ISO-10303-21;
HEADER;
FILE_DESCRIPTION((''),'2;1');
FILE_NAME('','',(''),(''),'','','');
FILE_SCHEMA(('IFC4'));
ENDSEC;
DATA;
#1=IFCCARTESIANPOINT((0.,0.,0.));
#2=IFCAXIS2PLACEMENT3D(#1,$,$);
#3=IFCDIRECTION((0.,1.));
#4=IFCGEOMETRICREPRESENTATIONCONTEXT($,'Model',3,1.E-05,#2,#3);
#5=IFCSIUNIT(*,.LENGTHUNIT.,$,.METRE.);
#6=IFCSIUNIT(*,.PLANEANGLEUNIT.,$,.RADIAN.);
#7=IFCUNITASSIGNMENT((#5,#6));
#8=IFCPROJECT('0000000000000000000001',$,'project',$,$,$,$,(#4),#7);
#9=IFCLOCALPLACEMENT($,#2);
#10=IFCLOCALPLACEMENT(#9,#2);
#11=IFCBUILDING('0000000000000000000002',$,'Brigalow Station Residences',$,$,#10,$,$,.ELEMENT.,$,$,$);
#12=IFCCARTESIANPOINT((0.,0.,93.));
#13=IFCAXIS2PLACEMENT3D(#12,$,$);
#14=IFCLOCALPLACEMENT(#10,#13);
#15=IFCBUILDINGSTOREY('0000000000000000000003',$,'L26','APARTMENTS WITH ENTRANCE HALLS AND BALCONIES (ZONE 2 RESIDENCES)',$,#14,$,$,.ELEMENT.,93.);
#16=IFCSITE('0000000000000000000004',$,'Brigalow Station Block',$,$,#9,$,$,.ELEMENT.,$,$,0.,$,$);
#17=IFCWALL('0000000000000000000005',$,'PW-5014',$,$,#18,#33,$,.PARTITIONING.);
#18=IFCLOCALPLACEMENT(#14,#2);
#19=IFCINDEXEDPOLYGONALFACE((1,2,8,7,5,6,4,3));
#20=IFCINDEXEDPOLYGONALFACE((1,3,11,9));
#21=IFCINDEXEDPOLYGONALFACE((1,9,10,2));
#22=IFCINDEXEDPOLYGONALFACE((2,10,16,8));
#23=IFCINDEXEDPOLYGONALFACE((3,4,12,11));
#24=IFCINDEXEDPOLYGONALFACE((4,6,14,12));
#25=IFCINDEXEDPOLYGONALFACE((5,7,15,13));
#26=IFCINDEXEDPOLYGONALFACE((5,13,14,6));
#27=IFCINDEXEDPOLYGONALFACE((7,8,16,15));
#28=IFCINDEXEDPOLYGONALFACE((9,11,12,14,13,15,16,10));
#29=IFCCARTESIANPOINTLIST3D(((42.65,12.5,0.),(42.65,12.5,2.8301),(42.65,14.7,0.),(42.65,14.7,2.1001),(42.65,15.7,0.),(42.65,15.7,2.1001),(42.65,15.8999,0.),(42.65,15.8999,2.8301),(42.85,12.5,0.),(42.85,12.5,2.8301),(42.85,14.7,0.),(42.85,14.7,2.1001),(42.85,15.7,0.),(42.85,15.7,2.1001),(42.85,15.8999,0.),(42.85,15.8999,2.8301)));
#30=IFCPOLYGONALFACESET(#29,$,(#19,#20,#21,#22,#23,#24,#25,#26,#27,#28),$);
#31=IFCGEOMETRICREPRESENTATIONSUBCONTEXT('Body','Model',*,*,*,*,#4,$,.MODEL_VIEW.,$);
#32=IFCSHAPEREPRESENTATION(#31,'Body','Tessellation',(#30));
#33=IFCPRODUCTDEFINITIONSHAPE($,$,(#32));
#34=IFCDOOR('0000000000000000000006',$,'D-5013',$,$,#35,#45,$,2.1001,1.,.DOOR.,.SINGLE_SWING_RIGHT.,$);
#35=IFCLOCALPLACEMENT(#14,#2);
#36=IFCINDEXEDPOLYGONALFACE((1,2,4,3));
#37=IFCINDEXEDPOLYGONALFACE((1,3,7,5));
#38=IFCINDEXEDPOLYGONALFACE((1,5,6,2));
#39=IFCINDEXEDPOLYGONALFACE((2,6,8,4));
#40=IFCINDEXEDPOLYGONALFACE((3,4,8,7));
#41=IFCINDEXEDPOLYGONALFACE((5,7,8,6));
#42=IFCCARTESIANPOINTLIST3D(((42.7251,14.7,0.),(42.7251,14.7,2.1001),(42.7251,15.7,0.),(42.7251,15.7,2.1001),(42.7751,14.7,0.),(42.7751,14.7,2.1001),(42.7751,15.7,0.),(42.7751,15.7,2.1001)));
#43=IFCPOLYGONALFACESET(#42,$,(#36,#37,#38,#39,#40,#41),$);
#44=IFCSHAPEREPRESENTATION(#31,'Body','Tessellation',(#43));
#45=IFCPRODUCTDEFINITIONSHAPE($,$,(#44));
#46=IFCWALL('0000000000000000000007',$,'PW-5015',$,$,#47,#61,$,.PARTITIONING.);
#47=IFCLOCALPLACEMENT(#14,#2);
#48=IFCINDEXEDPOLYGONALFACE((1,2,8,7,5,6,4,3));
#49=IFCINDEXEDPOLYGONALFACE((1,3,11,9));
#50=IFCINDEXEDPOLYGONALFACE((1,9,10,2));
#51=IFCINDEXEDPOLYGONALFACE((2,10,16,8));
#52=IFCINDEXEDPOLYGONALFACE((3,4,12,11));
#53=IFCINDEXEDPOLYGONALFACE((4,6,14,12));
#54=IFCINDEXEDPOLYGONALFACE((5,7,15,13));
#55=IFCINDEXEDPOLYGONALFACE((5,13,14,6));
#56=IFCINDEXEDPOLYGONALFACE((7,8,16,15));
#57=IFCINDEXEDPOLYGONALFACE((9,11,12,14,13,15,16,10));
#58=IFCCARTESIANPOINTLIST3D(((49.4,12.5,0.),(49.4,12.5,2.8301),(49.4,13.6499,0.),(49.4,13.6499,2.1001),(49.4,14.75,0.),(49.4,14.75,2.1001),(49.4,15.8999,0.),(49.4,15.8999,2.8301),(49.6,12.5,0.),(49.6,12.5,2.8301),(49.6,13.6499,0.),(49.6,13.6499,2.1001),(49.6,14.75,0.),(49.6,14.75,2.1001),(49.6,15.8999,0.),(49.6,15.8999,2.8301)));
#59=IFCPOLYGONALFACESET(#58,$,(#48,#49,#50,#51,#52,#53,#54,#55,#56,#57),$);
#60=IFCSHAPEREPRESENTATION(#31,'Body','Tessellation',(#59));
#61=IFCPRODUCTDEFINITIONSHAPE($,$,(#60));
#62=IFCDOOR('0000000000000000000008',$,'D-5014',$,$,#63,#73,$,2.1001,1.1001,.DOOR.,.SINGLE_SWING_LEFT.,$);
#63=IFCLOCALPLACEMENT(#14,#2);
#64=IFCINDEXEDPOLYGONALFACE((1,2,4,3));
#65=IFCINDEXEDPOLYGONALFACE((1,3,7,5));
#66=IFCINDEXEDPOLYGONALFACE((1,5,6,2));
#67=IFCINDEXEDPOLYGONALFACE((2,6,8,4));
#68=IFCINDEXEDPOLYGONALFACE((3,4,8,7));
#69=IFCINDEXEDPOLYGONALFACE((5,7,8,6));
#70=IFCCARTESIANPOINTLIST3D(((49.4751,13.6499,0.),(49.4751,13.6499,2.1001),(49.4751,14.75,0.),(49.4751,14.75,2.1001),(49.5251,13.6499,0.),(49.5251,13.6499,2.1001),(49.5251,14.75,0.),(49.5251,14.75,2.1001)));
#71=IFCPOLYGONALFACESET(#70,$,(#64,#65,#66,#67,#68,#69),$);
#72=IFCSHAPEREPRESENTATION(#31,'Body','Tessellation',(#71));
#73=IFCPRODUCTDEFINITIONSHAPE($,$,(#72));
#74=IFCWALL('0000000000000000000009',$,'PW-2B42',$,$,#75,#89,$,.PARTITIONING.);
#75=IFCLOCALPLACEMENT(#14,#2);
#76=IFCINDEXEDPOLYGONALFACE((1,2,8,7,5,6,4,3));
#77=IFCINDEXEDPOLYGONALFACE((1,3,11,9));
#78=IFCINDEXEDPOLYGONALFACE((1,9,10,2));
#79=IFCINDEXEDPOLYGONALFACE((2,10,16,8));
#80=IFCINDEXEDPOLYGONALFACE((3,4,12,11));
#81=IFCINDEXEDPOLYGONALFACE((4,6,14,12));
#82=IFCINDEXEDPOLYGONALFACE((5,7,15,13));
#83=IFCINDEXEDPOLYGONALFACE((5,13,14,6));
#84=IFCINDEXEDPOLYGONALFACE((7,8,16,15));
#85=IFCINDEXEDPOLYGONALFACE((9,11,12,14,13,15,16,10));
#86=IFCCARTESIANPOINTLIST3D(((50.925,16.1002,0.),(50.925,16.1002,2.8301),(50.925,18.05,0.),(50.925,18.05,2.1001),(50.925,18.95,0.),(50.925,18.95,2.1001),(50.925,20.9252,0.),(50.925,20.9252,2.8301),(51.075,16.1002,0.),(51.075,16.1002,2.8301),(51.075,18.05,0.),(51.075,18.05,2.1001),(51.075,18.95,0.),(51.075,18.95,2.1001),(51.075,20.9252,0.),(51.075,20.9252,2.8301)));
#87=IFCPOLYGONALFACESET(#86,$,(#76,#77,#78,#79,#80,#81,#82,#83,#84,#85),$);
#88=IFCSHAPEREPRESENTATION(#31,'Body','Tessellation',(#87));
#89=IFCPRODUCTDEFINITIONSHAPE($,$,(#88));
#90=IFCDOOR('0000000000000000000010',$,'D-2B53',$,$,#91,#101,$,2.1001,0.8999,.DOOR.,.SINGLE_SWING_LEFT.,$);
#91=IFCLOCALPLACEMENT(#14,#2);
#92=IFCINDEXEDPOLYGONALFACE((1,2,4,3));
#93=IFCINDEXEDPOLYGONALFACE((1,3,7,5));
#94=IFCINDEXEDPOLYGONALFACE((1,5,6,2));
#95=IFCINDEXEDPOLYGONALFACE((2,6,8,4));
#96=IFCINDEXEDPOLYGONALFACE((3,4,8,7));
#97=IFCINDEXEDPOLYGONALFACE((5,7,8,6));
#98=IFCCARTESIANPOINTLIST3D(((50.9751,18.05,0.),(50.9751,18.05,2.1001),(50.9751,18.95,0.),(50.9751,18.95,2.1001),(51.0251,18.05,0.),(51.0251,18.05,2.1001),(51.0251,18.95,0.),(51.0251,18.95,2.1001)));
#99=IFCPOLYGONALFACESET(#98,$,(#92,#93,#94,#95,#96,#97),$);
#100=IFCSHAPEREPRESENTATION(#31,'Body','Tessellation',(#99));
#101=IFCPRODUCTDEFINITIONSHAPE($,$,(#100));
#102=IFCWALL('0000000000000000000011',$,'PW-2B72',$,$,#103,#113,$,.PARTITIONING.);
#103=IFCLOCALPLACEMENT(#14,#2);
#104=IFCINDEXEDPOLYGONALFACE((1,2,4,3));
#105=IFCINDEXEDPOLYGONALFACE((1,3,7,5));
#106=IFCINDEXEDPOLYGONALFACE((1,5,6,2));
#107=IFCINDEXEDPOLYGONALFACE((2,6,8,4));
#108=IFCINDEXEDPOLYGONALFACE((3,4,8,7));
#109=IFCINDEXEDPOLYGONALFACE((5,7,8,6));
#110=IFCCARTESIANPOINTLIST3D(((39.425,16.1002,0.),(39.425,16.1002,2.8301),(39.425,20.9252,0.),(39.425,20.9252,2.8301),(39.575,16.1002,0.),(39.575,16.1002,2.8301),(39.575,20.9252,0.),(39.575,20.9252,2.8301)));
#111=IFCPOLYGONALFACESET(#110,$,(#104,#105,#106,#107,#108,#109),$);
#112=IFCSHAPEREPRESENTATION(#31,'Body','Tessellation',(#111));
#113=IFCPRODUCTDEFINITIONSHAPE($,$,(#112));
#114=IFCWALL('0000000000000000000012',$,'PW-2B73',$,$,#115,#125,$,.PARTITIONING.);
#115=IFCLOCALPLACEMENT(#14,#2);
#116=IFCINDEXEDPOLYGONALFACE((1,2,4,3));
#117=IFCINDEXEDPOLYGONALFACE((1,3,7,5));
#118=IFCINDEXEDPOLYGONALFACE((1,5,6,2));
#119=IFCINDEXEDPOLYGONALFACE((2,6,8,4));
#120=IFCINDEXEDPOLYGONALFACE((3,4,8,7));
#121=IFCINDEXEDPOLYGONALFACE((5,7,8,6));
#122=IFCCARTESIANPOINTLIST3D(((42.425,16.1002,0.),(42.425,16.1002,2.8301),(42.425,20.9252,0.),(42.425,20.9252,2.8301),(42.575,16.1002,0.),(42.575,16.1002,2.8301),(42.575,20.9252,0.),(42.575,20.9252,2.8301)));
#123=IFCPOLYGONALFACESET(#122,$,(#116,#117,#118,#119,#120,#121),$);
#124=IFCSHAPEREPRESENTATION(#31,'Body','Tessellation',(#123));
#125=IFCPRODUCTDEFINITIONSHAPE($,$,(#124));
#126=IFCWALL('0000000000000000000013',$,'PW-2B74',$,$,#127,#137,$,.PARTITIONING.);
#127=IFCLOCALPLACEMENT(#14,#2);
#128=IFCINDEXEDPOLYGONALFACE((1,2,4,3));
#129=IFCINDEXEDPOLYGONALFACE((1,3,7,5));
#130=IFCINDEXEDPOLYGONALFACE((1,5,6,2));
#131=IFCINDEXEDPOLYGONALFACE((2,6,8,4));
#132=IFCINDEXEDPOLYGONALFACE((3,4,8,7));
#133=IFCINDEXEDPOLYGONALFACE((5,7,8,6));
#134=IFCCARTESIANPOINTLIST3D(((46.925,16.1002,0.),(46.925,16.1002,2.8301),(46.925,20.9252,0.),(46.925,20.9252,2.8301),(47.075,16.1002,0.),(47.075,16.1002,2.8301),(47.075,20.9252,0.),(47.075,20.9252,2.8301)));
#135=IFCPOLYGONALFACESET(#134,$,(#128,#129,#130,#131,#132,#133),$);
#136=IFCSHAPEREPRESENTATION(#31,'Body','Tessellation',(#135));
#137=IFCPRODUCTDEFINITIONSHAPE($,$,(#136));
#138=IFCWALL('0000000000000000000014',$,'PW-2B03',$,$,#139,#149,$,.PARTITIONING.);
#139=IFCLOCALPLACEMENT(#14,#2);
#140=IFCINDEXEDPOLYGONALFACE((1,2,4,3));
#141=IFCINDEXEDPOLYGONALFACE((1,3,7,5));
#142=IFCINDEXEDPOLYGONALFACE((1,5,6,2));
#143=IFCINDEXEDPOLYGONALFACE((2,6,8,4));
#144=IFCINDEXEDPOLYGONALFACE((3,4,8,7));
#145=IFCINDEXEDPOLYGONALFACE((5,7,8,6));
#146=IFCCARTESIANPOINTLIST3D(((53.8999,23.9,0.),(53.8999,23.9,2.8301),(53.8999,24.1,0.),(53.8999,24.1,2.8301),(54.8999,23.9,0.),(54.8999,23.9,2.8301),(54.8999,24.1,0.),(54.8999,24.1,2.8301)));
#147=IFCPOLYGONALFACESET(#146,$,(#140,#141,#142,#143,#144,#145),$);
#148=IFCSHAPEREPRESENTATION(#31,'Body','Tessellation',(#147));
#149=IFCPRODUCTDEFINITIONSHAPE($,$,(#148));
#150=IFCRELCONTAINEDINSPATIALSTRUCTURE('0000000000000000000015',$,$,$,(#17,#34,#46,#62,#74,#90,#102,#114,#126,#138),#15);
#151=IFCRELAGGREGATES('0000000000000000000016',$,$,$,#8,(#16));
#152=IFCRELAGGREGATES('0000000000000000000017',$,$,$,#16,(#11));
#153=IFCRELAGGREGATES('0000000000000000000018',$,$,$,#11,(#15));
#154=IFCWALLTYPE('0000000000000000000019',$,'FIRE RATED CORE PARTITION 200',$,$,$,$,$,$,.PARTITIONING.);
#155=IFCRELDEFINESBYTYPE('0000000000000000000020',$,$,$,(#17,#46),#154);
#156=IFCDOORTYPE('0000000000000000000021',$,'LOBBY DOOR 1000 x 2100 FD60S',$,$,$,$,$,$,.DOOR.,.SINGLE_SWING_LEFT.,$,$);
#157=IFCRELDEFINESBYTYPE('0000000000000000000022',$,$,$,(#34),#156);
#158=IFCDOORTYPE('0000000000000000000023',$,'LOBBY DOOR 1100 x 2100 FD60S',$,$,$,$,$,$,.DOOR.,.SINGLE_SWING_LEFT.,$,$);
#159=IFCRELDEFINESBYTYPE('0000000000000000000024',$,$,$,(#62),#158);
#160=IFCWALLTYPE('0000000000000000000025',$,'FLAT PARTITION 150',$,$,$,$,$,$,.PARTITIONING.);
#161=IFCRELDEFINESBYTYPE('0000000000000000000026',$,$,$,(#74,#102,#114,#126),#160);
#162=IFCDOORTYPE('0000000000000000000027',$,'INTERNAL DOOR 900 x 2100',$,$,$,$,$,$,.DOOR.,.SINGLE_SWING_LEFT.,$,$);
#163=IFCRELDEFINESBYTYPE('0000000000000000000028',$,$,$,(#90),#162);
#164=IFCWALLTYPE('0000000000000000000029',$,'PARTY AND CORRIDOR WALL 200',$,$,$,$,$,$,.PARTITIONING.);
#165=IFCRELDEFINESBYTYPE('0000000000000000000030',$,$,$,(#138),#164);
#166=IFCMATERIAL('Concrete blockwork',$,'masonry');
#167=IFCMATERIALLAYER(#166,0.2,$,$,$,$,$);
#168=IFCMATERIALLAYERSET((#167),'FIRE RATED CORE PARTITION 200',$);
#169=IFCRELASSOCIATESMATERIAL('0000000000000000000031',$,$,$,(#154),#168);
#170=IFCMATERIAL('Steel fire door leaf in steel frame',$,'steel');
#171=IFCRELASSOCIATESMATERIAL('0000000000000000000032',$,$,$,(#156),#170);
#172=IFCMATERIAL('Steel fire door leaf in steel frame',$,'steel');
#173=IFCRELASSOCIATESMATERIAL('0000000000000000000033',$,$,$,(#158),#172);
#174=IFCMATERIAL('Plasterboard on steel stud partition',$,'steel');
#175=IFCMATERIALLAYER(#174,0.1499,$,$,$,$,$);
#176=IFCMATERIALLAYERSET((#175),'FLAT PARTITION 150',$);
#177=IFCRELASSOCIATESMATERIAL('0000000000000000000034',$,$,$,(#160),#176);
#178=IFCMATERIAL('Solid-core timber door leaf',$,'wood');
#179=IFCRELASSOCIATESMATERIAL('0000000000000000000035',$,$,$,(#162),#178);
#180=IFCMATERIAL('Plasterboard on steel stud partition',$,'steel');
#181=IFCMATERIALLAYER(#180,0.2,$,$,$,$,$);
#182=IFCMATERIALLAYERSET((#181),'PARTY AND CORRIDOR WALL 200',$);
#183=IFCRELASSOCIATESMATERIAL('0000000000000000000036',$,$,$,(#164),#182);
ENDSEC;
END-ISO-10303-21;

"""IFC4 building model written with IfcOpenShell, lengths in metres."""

from ifc_helpers import new_model, si_unit, direction, frame, frame_2d, origin, place, context, subcontext, project, spatial, rectangle, extrude, material, layer, layer_set, type_object, element, fill, save


model = new_model("IFC4")

# Units and contexts
model_context = context("Model", 3, precision=1e-05, world=origin(), true_north=direction((0.0, 1.0)))
body_context = subcontext(model_context, "Body", "Model", "MODEL_VIEW")
ifc_project = project(units=[si_unit("LENGTHUNIT", "METRE"), si_unit("PLANEANGLEUNIT", "RADIAN")], contexts=[model_context])

# Site, building, storey
site_placement = place(None, origin())
site = spatial("IfcSite", under=ifc_project, at=site_placement, Name="Brigalow Station Block", CompositionType="ELEMENT", RefElevation=0.0)
building_placement = place(site_placement, origin())
building = spatial("IfcBuilding", under=site, at=building_placement, Name="Brigalow Station Residences", CompositionType="ELEMENT")
storey_placement = place(building_placement, frame((0.0, 0.0, 93.0)))
storey = spatial("IfcBuildingStorey", under=building, at=storey_placement, Name="L26", Description="APARTMENTS WITH ENTRANCE HALLS AND BALCONIES (ZONE 2 RESIDENCES)", CompositionType="ELEMENT", Elevation=93.0)

# Walls, openings, doors
ifc_material_1 = material(Name="Concrete blockwork", Category="masonry")
ifc_layer_1 = layer(ifc_material_1, 0.2)
ifc_layer_set_1 = layer_set([ifc_layer_1], Name="FIRE RATED CORE PARTITION 200")
wall_type_1 = type_object("IfcWallType", Name="FIRE RATED CORE PARTITION 200", PredefinedType="PARTITIONING", material=ifc_layer_set_1)
wall_1_placement = place(storey_placement, frame((42.75, 12.5, 0.0), z_axis=(0.0, 0.0, 1.0), x_axis=(0.0, 1.0, 0.0)))
wall_1 = element("IfcWall", 1, at=wall_1_placement, inside=storey, type_object=wall_type_1, Name="PW-5014", PredefinedType="PARTITIONING", context=body_context, shape_type="SweptSolid", body=[
    extrude(rectangle(XDim=3.3999, YDim=0.2, at=frame_2d((1.7, 0.0))), origin(), (0.0, 0.0, 1.0), 2.8301),
])
opening_1_placement = place(wall_1_placement, frame((2.2, 0.0, 0.0)))
opening_1 = element("IfcOpeningElement", 2, at=opening_1_placement, cuts=wall_1, PredefinedType="OPENING", context=body_context, shape_type="SweptSolid", body=[
    extrude(rectangle(XDim=1.0, YDim=2.1001, at=frame_2d((0.5, 1.05))), frame((0.0, 0.1099, 0.0), z_axis=(0.0, -1.0, 0.0), x_axis=(1.0, 0.0, 0.0)), (0.0, 0.0, 1.0), 0.22),
])
ifc_material_2 = material(Name="Steel fire door leaf in steel frame", Category="steel")
door_type_1 = type_object("IfcDoorType", Name="LOBBY DOOR 1000 x 2100 FD60S", OperationType="SINGLE_SWING_LEFT", PredefinedType="DOOR", material=ifc_material_2)
door_1_placement = place(opening_1_placement, origin())
door_1 = element("IfcDoor", 3, at=door_1_placement, inside=storey, type_object=door_type_1, Name="D-5013", OperationType="SINGLE_SWING_RIGHT", OverallHeight=2.1001, OverallWidth=1.0, PredefinedType="DOOR", context=body_context, shape_type="SweptSolid", body=[
    extrude(rectangle(XDim=1.0, YDim=2.1001, at=frame_2d((0.5, 1.05))), frame((0.0, 0.0249, 0.0), z_axis=(0.0, -1.0, 0.0), x_axis=(1.0, 0.0, 0.0)), (0.0, 0.0, 1.0), 0.05),
])
fill(opening_1, door_1)
wall_2_placement = place(storey_placement, frame((49.5, 12.5, 0.0), z_axis=(0.0, 0.0, 1.0), x_axis=(0.0, 1.0, 0.0)))
wall_2 = element("IfcWall", 4, at=wall_2_placement, inside=storey, type_object=wall_type_1, Name="PW-5015", PredefinedType="PARTITIONING", context=body_context, shape_type="SweptSolid", body=[
    extrude(rectangle(XDim=3.3999, YDim=0.2, at=frame_2d((1.7, 0.0))), origin(), (0.0, 0.0, 1.0), 2.8301),
])
opening_2_placement = place(wall_2_placement, frame((1.1499, 0.0, 0.0)))
opening_2 = element("IfcOpeningElement", 5, at=opening_2_placement, cuts=wall_2, PredefinedType="OPENING", context=body_context, shape_type="SweptSolid", body=[
    extrude(rectangle(XDim=1.1001, YDim=2.1001, at=frame_2d((0.55, 1.05))), frame((0.0, 0.1099, 0.0), z_axis=(0.0, -1.0, 0.0), x_axis=(1.0, 0.0, 0.0)), (0.0, 0.0, 1.0), 0.22),
])
ifc_material_3 = material(Name="Steel fire door leaf in steel frame", Category="steel")
door_type_2 = type_object("IfcDoorType", Name="LOBBY DOOR 1100 x 2100 FD60S", OperationType="SINGLE_SWING_LEFT", PredefinedType="DOOR", material=ifc_material_3)
door_2_placement = place(opening_2_placement, origin())
door_2 = element("IfcDoor", 6, at=door_2_placement, inside=storey, type_object=door_type_2, Name="D-5014", OperationType="SINGLE_SWING_LEFT", OverallHeight=2.1001, OverallWidth=1.1001, PredefinedType="DOOR", context=body_context, shape_type="SweptSolid", body=[
    extrude(rectangle(XDim=1.1001, YDim=2.1001, at=frame_2d((0.55, 1.05))), frame((0.0, 0.0249, 0.0), z_axis=(0.0, -1.0, 0.0), x_axis=(1.0, 0.0, 0.0)), (0.0, 0.0, 1.0), 0.05),
])
fill(opening_2, door_2)
ifc_material_4 = material(Name="Plasterboard on steel stud partition", Category="steel")
ifc_layer_2 = layer(ifc_material_4, 0.1499)
ifc_layer_set_2 = layer_set([ifc_layer_2], Name="FLAT PARTITION 150")
wall_type_2 = type_object("IfcWallType", Name="FLAT PARTITION 150", PredefinedType="PARTITIONING", material=ifc_layer_set_2)
wall_3_placement = place(storey_placement, frame((51.0, 16.1001, 0.0), z_axis=(0.0, 0.0, 1.0), x_axis=(0.0, 1.0, 0.0)))
wall_3 = element("IfcWall", 7, at=wall_3_placement, inside=storey, type_object=wall_type_2, Name="PW-2B42", PredefinedType="PARTITIONING", context=body_context, shape_type="SweptSolid", body=[
    extrude(rectangle(XDim=4.825, YDim=0.1499, at=frame_2d((2.4126, 0.0))), origin(), (0.0, 0.0, 1.0), 2.8301),
])
opening_3_placement = place(wall_3_placement, frame((1.95, 0.0, 0.0)))
opening_3 = element("IfcOpeningElement", 8, at=opening_3_placement, cuts=wall_3, PredefinedType="OPENING", context=body_context, shape_type="SweptSolid", body=[
    extrude(rectangle(XDim=0.8999, YDim=2.1001, at=frame_2d((0.45, 1.05))), frame((0.0, 0.085, 0.0), z_axis=(0.0, -1.0, 0.0), x_axis=(1.0, 0.0, 0.0)), (0.0, 0.0, 1.0), 0.1699),
])
ifc_material_5 = material(Name="Solid-core timber door leaf", Category="wood")
door_type_3 = type_object("IfcDoorType", Name="INTERNAL DOOR 900 x 2100", OperationType="SINGLE_SWING_LEFT", PredefinedType="DOOR", material=ifc_material_5)
door_3_placement = place(opening_3_placement, origin())
door_3 = element("IfcDoor", 9, at=door_3_placement, inside=storey, type_object=door_type_3, Name="D-2B53", OperationType="SINGLE_SWING_LEFT", OverallHeight=2.1001, OverallWidth=0.8999, PredefinedType="DOOR", context=body_context, shape_type="SweptSolid", body=[
    extrude(rectangle(XDim=0.8999, YDim=2.1001, at=frame_2d((0.45, 1.05))), frame((0.0, 0.0249, 0.0), z_axis=(0.0, -1.0, 0.0), x_axis=(1.0, 0.0, 0.0)), (0.0, 0.0, 1.0), 0.05),
])
fill(opening_3, door_3)

# Walls
for number, where, z_axis, x_axis, name in (
    (10, (39.5, 16.1001, 0.0), (0.0, 0.0, 1.0), (0.0, 1.0, 0.0), "PW-2B72"),
    (11, (42.5, 16.1001, 0.0), (0.0, 0.0, 1.0), (0.0, 1.0, 0.0), "PW-2B73"),
    (12, (47.0, 16.1001, 0.0), (0.0, 0.0, 1.0), (0.0, 1.0, 0.0), "PW-2B74"),
):
    element("IfcWall", number, at=place(storey_placement, frame(where, z_axis=z_axis, x_axis=x_axis)), inside=storey, type_object=wall_type_2, Name=name, PredefinedType="PARTITIONING", context=body_context, shape_type="SweptSolid", body=[
        extrude(rectangle(XDim=4.825, YDim=0.1499, at=frame_2d((2.4126, 0.0))), origin(), (0.0, 0.0, 1.0), 2.8301),
    ])
ifc_material_6 = material(Name="Plasterboard on steel stud partition", Category="steel")
ifc_layer_3 = layer(ifc_material_6, 0.2)
ifc_layer_set_3 = layer_set([ifc_layer_3], Name="PARTY AND CORRIDOR WALL 200")
wall_type_3 = type_object("IfcWallType", Name="PARTY AND CORRIDOR WALL 200", PredefinedType="PARTITIONING", material=ifc_layer_set_3)
wall_4_placement = place(storey_placement, frame((53.8999, 24.0, 0.0), z_axis=(0.0, 0.0, 1.0), x_axis=(1.0, 0.0, 0.0)))
element("IfcWall", 13, at=wall_4_placement, inside=storey, type_object=wall_type_3, Name="PW-2B03", PredefinedType="PARTITIONING", context=body_context, shape_type="SweptSolid", body=[
    extrude(rectangle(XDim=1.0, YDim=0.2, at=frame_2d((0.5, 0.0))), origin(), (0.0, 0.0, 1.0), 2.8301),
])

save(model, "model.ifc")
